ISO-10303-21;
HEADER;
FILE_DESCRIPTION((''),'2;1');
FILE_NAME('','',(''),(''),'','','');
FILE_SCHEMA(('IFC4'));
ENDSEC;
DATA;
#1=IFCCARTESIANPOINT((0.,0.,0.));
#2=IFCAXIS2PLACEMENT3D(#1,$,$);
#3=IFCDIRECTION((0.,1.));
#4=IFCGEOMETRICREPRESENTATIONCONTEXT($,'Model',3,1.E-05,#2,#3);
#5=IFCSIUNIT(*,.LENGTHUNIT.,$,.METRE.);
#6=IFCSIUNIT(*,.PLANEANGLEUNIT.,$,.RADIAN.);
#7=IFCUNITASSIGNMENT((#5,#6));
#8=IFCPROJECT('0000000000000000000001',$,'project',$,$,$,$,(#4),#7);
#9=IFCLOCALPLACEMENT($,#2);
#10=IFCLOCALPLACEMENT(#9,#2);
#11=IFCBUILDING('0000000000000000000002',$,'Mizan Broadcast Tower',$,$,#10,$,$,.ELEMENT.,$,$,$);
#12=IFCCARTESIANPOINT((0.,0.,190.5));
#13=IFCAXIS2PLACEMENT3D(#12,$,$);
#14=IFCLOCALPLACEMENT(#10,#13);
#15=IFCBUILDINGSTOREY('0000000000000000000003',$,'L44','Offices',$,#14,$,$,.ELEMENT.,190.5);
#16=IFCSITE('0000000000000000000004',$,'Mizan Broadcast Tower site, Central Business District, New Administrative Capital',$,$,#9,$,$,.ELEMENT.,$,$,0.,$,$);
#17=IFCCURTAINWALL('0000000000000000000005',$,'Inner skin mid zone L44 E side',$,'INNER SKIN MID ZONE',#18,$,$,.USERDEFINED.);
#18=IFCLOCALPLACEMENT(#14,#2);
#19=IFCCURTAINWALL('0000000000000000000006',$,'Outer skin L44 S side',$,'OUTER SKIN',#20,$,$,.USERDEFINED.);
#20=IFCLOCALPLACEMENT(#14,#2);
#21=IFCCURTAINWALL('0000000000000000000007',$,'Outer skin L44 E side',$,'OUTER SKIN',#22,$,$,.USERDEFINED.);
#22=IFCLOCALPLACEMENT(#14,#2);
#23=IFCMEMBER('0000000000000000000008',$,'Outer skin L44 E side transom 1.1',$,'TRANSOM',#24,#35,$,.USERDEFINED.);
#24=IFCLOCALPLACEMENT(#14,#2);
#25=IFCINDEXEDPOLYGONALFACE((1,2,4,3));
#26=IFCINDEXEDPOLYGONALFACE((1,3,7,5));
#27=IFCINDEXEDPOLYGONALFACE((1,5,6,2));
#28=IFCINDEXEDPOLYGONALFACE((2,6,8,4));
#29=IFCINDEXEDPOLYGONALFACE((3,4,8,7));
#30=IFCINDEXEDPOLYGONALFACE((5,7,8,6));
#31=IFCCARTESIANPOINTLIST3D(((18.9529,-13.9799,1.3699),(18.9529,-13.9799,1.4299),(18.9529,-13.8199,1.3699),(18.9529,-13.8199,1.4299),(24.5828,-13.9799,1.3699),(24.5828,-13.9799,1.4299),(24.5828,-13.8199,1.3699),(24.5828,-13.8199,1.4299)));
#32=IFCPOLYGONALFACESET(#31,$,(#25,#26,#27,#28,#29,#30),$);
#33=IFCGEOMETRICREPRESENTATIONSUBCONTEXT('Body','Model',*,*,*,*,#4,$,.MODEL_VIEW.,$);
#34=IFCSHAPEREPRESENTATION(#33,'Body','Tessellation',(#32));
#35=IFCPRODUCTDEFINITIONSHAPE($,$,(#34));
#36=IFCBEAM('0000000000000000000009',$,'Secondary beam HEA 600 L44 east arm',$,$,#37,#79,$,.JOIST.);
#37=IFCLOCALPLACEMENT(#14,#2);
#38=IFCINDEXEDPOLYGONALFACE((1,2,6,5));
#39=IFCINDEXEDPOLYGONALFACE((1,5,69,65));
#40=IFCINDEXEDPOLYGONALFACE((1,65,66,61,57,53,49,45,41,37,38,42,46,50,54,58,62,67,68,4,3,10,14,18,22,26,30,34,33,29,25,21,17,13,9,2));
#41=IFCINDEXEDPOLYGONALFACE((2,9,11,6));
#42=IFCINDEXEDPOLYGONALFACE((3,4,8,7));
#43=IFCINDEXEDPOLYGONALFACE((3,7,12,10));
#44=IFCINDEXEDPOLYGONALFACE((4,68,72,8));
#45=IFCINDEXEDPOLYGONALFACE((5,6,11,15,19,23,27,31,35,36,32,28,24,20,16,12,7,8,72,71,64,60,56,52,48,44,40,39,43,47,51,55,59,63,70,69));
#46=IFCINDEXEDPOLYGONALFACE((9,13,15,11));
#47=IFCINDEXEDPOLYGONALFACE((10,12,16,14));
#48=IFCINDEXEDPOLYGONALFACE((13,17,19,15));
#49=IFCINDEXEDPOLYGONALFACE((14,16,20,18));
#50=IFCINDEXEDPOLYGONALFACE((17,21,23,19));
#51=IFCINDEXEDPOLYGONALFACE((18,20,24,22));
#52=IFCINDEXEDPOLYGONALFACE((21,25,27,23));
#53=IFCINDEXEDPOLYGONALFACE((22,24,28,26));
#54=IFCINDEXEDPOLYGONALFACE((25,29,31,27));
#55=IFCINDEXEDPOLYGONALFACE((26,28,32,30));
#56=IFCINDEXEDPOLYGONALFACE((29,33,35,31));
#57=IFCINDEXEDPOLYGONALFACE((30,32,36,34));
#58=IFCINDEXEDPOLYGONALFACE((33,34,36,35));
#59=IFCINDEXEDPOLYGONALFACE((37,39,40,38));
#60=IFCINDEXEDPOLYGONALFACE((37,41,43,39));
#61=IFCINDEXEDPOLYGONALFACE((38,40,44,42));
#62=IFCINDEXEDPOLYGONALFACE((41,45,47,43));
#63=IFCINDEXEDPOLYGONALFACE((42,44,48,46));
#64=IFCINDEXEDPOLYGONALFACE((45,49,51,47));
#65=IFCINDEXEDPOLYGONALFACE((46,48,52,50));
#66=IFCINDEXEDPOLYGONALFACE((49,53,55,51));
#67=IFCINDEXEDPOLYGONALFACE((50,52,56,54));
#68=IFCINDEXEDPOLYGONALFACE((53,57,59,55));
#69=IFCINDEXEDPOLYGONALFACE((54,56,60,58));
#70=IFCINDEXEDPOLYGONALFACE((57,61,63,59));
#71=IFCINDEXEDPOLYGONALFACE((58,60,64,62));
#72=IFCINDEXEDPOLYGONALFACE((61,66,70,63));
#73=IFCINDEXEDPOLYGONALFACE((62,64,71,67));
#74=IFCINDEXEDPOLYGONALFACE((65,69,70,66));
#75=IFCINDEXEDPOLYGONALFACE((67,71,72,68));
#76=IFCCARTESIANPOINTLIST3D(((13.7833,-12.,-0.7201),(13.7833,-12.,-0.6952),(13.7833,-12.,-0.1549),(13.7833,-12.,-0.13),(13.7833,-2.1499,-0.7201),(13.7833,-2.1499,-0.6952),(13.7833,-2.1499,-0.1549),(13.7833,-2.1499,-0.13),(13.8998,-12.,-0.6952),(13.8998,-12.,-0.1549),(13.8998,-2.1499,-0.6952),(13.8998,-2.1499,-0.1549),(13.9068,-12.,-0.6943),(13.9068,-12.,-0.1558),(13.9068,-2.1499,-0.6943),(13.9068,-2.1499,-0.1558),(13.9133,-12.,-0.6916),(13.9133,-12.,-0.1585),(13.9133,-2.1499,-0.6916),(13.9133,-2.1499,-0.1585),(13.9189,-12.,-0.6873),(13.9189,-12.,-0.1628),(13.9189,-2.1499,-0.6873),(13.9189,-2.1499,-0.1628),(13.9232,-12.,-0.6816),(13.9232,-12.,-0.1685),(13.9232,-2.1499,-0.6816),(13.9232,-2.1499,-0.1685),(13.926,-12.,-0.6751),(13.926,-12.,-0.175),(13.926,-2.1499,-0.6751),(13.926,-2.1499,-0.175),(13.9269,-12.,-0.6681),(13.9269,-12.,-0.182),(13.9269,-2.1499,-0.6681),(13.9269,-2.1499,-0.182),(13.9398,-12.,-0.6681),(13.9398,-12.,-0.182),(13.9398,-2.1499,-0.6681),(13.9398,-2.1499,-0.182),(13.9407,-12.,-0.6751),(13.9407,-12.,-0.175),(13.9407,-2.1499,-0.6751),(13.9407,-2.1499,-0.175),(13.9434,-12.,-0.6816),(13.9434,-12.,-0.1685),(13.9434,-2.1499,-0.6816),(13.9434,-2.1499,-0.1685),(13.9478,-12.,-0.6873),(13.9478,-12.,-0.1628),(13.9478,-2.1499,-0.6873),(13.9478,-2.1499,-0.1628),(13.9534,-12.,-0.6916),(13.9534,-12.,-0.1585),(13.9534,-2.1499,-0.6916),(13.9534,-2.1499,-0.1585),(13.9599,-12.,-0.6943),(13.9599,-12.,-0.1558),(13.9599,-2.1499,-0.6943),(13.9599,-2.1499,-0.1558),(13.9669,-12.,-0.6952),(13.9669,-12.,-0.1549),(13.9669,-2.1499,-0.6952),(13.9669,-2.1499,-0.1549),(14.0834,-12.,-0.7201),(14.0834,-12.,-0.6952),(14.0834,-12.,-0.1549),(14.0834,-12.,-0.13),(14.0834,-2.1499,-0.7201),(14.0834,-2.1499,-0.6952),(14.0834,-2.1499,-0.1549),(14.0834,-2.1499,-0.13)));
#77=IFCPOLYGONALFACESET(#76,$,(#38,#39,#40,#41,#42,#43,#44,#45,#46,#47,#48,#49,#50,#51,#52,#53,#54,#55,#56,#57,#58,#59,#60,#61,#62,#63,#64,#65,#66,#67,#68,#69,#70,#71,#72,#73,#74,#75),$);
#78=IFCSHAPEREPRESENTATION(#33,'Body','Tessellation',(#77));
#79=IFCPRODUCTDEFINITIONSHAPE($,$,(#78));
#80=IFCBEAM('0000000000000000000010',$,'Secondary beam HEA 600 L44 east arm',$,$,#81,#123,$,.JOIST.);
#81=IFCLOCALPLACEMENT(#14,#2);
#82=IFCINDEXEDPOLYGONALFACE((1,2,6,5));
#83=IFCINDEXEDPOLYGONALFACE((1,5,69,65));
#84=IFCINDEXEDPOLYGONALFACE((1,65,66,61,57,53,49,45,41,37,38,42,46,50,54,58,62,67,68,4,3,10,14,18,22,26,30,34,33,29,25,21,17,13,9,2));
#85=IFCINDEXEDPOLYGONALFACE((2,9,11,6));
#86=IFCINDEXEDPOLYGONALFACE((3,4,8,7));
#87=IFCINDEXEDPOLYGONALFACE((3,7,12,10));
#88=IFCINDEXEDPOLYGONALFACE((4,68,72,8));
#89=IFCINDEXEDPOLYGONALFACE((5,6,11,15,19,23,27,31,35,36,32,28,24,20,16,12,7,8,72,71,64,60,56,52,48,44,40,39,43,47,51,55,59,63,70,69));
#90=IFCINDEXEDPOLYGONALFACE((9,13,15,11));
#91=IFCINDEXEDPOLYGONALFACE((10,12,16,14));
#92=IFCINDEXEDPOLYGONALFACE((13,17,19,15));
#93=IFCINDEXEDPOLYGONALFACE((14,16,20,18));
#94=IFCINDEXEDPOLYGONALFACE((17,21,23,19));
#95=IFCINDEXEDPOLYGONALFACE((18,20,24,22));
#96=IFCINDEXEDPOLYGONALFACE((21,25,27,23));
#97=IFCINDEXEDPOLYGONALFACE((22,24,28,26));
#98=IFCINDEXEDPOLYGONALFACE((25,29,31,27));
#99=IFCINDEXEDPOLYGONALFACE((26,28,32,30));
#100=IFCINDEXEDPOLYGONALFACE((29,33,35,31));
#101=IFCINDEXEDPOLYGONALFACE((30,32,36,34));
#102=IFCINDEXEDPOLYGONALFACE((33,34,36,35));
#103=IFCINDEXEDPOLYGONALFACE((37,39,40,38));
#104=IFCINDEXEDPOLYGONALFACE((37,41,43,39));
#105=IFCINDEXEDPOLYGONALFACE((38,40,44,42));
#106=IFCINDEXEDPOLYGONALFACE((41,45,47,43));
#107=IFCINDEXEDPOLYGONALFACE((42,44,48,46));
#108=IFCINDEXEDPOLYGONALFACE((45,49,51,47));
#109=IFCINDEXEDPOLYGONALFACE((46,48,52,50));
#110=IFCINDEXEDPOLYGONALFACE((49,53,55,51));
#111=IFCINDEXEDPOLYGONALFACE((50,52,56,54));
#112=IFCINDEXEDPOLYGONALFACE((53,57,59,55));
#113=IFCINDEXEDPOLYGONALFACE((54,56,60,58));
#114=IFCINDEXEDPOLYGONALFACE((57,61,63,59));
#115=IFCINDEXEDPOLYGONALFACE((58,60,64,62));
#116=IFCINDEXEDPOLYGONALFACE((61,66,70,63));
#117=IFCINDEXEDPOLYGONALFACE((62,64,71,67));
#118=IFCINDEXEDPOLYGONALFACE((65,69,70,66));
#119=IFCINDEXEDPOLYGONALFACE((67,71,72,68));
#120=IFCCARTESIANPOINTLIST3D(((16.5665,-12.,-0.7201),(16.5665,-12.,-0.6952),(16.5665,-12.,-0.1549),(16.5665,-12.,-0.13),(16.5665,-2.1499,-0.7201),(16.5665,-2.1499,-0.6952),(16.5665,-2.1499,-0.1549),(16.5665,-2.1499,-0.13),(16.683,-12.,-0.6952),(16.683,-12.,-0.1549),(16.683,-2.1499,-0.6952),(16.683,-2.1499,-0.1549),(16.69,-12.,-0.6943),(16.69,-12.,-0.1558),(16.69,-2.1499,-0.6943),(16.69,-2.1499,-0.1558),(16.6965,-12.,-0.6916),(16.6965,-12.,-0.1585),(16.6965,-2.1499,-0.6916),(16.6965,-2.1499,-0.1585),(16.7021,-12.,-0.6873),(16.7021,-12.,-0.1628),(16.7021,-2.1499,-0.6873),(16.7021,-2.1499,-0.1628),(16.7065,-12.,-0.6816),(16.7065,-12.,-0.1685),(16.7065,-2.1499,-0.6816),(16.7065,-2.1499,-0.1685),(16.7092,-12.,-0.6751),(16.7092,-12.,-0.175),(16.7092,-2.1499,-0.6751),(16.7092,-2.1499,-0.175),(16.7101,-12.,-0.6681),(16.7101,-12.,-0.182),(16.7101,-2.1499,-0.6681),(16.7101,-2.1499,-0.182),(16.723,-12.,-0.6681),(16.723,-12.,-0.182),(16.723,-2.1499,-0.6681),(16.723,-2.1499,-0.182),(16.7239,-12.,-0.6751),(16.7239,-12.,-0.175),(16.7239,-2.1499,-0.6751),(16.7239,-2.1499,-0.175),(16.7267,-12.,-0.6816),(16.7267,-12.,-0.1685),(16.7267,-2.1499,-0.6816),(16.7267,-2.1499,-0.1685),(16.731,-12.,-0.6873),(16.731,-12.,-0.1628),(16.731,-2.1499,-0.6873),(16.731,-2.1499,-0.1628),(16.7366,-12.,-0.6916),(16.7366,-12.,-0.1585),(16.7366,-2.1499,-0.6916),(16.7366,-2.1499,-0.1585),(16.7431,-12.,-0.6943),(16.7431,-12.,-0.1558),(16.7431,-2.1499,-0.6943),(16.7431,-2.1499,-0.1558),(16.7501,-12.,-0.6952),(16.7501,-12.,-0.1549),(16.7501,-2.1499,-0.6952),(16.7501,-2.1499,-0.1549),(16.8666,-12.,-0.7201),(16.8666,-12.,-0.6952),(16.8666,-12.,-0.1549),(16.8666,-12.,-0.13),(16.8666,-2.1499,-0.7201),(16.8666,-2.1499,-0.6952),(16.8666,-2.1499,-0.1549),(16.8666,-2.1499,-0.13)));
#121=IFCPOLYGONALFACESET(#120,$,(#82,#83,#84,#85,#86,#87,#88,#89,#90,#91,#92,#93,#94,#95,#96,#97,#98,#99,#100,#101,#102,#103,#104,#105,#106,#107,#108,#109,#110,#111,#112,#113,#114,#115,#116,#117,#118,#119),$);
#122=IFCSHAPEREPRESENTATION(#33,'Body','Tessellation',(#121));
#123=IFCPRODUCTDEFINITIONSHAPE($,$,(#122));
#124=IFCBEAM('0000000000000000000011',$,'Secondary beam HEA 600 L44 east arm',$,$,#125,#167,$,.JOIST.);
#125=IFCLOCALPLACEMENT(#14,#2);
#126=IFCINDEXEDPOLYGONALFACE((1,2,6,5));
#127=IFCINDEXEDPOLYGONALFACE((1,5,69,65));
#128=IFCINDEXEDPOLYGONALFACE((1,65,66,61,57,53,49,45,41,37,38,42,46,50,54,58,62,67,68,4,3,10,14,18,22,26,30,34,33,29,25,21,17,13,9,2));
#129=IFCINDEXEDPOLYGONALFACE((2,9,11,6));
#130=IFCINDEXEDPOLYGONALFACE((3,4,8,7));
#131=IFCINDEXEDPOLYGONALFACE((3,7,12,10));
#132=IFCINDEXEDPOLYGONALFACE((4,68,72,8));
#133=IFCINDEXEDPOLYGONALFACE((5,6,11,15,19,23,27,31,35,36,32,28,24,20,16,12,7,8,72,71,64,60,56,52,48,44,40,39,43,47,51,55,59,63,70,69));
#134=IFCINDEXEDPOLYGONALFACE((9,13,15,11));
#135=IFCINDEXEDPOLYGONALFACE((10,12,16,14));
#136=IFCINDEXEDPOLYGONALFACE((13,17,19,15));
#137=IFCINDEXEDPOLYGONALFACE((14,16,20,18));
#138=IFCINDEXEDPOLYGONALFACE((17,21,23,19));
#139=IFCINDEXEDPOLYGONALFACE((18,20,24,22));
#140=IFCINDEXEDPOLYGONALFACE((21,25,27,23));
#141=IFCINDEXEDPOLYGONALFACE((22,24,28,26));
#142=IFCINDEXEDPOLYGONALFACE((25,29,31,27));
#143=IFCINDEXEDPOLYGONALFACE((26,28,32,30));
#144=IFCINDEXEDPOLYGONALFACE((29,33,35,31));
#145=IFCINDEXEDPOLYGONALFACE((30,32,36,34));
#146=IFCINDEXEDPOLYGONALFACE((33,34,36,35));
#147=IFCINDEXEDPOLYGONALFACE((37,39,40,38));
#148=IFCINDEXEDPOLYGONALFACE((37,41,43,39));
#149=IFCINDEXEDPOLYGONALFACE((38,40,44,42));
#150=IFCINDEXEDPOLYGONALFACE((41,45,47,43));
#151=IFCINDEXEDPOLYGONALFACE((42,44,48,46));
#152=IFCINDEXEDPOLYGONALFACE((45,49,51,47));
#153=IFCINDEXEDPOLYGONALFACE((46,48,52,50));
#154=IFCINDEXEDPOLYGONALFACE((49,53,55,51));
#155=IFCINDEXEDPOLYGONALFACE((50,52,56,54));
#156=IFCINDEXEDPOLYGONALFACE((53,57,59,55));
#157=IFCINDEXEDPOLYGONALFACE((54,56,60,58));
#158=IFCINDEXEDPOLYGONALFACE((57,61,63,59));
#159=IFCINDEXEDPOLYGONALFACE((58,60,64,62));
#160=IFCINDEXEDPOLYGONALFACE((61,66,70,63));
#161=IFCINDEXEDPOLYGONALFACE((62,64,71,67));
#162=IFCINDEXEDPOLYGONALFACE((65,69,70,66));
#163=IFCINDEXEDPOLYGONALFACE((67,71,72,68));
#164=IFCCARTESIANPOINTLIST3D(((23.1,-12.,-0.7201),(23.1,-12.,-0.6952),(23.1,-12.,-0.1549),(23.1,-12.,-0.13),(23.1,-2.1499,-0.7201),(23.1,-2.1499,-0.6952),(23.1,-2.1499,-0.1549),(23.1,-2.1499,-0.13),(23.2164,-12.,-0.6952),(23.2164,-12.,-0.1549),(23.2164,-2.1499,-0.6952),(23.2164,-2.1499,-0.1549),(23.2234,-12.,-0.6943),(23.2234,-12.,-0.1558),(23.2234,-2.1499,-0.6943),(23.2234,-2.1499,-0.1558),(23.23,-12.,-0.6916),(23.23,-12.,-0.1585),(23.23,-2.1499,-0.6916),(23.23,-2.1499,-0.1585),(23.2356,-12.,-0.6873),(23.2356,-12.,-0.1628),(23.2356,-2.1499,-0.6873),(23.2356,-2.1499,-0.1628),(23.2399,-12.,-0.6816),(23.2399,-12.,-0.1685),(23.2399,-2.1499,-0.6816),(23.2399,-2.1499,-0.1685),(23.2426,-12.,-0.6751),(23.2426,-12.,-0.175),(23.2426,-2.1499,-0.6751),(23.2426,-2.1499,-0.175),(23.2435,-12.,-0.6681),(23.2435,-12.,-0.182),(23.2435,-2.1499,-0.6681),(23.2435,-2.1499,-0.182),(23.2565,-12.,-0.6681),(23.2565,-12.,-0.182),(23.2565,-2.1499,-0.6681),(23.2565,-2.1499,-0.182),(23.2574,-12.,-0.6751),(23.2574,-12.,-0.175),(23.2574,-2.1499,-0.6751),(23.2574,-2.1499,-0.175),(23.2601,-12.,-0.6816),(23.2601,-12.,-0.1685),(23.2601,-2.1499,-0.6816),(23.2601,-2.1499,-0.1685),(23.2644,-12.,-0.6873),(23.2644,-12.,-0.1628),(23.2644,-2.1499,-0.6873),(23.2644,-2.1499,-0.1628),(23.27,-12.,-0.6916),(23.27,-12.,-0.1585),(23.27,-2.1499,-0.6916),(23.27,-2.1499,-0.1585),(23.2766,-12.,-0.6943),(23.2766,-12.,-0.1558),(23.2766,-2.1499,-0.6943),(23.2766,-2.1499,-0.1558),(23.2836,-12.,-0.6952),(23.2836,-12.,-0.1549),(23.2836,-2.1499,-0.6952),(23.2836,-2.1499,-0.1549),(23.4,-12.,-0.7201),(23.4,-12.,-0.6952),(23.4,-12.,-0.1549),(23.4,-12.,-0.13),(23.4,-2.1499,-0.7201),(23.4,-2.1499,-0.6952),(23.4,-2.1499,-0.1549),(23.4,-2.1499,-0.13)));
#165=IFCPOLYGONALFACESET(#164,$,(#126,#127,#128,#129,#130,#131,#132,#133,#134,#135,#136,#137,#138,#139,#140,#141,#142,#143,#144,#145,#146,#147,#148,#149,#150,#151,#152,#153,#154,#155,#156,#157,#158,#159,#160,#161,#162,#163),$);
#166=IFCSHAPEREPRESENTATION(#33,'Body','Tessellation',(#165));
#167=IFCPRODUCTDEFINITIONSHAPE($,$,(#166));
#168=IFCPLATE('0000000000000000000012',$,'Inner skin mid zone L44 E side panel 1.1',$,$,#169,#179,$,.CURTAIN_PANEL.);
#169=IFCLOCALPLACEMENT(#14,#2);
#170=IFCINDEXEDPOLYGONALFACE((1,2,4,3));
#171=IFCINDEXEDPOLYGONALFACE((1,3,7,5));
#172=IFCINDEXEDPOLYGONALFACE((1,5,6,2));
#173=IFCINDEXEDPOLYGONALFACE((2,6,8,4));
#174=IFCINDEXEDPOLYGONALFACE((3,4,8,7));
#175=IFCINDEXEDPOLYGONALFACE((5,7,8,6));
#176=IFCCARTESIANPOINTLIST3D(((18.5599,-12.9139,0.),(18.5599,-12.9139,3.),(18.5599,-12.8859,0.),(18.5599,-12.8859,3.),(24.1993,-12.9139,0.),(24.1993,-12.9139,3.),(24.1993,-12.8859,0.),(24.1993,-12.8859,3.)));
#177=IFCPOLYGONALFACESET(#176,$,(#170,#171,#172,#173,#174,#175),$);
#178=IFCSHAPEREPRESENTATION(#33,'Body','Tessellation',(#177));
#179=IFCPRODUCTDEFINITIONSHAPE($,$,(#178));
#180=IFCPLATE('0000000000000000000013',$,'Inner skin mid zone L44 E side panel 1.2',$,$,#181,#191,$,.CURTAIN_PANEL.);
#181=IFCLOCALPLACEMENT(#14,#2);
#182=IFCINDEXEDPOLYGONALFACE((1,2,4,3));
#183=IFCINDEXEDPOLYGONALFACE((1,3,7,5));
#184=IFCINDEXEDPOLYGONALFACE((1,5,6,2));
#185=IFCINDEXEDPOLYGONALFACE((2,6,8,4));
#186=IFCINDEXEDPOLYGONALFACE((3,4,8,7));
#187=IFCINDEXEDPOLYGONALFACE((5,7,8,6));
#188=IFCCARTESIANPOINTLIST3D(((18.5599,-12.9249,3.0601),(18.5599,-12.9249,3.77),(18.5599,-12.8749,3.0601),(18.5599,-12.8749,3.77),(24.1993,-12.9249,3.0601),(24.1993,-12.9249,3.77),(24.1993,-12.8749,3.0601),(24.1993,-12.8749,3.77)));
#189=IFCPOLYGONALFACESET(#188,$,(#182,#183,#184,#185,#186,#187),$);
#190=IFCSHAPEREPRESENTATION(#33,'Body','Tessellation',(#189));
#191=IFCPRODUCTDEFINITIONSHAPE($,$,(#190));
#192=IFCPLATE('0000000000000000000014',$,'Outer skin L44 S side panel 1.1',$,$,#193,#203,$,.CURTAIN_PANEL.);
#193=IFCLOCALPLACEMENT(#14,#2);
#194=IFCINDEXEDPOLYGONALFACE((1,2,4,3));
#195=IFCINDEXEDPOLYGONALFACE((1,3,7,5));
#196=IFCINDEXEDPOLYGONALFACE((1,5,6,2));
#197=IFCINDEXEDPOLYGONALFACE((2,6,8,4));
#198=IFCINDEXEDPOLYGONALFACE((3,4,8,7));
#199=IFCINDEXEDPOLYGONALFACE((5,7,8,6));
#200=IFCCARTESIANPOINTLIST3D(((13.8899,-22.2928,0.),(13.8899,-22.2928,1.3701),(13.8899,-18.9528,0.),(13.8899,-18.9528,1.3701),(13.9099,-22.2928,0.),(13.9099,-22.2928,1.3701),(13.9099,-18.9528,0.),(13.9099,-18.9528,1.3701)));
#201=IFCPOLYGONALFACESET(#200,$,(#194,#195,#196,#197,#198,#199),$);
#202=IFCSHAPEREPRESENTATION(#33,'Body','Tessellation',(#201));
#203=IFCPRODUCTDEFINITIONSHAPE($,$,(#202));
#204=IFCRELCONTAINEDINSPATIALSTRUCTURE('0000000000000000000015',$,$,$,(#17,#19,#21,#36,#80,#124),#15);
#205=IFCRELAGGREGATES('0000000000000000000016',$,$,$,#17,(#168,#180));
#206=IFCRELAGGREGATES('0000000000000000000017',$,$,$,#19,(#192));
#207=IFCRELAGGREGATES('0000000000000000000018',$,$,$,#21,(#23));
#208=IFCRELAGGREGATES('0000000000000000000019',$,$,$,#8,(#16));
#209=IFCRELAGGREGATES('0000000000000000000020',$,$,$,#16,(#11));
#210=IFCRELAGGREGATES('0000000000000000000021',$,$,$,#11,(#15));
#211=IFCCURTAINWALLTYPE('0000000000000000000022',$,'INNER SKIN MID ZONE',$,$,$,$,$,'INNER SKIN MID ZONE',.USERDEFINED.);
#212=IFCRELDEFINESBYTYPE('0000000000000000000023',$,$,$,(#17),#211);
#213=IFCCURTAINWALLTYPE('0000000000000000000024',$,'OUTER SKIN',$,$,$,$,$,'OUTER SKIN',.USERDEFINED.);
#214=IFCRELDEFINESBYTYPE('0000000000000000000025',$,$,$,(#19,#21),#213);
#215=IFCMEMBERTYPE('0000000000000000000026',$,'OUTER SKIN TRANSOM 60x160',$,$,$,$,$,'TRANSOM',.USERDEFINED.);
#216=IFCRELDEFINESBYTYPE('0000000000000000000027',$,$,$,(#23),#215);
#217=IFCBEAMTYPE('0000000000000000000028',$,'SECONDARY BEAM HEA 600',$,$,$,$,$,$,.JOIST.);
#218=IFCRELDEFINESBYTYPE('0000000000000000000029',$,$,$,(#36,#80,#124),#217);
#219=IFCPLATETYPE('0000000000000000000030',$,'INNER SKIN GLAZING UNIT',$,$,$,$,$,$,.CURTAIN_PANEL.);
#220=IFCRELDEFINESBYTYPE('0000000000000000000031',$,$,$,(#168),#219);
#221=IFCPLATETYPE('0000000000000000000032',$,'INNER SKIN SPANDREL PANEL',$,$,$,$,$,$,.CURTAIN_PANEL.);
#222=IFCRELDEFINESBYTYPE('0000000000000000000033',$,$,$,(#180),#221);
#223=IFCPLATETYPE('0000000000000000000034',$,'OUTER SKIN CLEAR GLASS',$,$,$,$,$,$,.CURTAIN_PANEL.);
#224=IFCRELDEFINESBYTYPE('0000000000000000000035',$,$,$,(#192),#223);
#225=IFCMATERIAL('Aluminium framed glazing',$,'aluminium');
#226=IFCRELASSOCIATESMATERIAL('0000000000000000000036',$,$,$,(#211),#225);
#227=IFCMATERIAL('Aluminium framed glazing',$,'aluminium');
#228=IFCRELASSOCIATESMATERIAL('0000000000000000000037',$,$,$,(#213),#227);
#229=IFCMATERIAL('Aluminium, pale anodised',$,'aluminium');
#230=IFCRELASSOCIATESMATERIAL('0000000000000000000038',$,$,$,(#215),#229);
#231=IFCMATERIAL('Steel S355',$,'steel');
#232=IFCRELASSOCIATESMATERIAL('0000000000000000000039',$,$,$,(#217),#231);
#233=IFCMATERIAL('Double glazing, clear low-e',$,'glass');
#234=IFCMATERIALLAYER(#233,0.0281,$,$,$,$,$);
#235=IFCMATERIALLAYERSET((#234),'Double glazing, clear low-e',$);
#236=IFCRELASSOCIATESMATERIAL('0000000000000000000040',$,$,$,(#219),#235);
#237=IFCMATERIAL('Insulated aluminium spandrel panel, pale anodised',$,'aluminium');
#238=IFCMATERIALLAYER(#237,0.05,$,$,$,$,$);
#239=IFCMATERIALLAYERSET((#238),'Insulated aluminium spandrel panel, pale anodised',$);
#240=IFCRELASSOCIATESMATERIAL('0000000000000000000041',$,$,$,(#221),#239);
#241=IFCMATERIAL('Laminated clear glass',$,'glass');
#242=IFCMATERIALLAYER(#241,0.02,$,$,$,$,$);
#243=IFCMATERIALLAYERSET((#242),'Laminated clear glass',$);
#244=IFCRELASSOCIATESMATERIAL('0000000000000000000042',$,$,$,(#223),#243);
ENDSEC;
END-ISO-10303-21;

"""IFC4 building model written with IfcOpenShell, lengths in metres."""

from ifc_helpers import new_model, si_unit, direction, frame, origin, origin_2d, place, context, subcontext, project, spatial, rectangle, i_section, extrude, material, layer, layer_set, material_profile, profile_set, type_object, element, aggregate, save


model = new_model("IFC4")

# Units and contexts
model_context = context("Model", 3, precision=1e-05, world=origin(), true_north=direction((0.0, 1.0)))
body_context = subcontext(model_context, "Body", "Model", "MODEL_VIEW")
ifc_project = project(units=[si_unit("LENGTHUNIT", "METRE"), si_unit("PLANEANGLEUNIT", "RADIAN")], contexts=[model_context])

# Site, building, storey
site_placement = place(None, origin())
site = spatial("IfcSite", under=ifc_project, at=site_placement, Name="Mizan Broadcast Tower site, Central Business District, New Administrative Capital", CompositionType="ELEMENT", RefElevation=0.0)
building_placement = place(site_placement, origin())
building = spatial("IfcBuilding", under=site, at=building_placement, Name="Mizan Broadcast Tower", CompositionType="ELEMENT")
storey_placement = place(building_placement, frame((0.0, 0.0, 190.5)))
storey = spatial("IfcBuildingStorey", under=building, at=storey_placement, Name="L44", Description="Offices", CompositionType="ELEMENT", Elevation=190.5)

# Curtain wall
ifc_material_1 = material(Name="Aluminium framed glazing", Category="aluminium")
curtain_wall_type_1 = type_object("IfcCurtainWallType", Name="INNER SKIN MID ZONE", ElementType="INNER SKIN MID ZONE", PredefinedType="USERDEFINED", material=ifc_material_1)
curtain_wall_1_placement = place(storey_placement, origin())
curtain_wall_1 = element("IfcCurtainWall", 1, at=curtain_wall_1_placement, inside=storey, type_object=curtain_wall_type_1, Name="Inner skin mid zone L44 E side", ObjectType="INNER SKIN MID ZONE", PredefinedType="USERDEFINED")

# Curtain walls
ifc_material_2 = material(Name="Aluminium framed glazing", Category="aluminium")
curtain_wall_type_2 = type_object("IfcCurtainWallType", Name="OUTER SKIN", ElementType="OUTER SKIN", PredefinedType="USERDEFINED", material=ifc_material_2)
curtain_wall_2_placement = place(storey_placement, origin())
curtain_wall_2 = element("IfcCurtainWall", 2, at=curtain_wall_2_placement, inside=storey, type_object=curtain_wall_type_2, Name="Outer skin L44 S side", ObjectType="OUTER SKIN", PredefinedType="USERDEFINED")
curtain_wall_3_placement = place(storey_placement, origin())
curtain_wall_3 = element("IfcCurtainWall", 3, at=curtain_wall_3_placement, inside=storey, type_object=curtain_wall_type_2, Name="Outer skin L44 E side", ObjectType="OUTER SKIN", PredefinedType="USERDEFINED")

# Member
ifc_material_3 = material(Name="Aluminium, pale anodised", Category="aluminium")
ifc_material_profile_1 = material_profile(ifc_material_3, rectangle(XDim=0.1599, YDim=0.0601, at=origin_2d()), Name="TRANSOM 160x60")
ifc_profile_set_1 = profile_set([ifc_material_profile_1], Name="Aluminium, pale anodised")
member_type_1 = type_object("IfcMemberType", Name="OUTER SKIN TRANSOM 60x160", ElementType="TRANSOM", PredefinedType="USERDEFINED", material=ifc_profile_set_1)
member_1_placement = place(storey_placement, frame((18.9529, -13.8999, 1.3999), z_axis=(1.0, 0.0, 0.0), x_axis=(0.0, 1.0, 0.0)))
member_1 = element("IfcMember", 4, at=member_1_placement, type_object=member_type_1, Name="Outer skin L44 E side transom 1.1", ObjectType="TRANSOM", PredefinedType="USERDEFINED", context=body_context, shape_type="SweptSolid", body=[
    extrude(rectangle(XDim=0.1599, YDim=0.0601, at=origin_2d()), origin(), (0.0, 0.0, 1.0), 5.6299),
])

# Beams
ifc_material_4 = material(Name="Steel S355", Category="steel")
ifc_material_profile_2 = material_profile(ifc_material_4, i_section(OverallWidth=0.3, OverallDepth=0.5901, WebThickness=0.0129, FlangeThickness=0.0249, FilletRadius=0.0271, at=origin_2d()), Name="HEA 600")
ifc_profile_set_2 = profile_set([ifc_material_profile_2], Name="Steel S355")
beam_type_1 = type_object("IfcBeamType", Name="SECONDARY BEAM HEA 600", PredefinedType="JOIST", material=ifc_profile_set_2)
for number, where, z_axis, x_axis, name in (
    (5, (13.9333, -12.0, -0.425), (0.0, 1.0, 0.0), (-1.0, 0.0, 0.0), "Secondary beam HEA 600 L44 east arm"),
    (6, (16.7166, -12.0, -0.425), (0.0, 1.0, 0.0), (-1.0, 0.0, 0.0), "Secondary beam HEA 600 L44 east arm"),
    (7, (23.25, -12.0, -0.425), (0.0, 1.0, 0.0), (-1.0, 0.0, 0.0), "Secondary beam HEA 600 L44 east arm"),
):
    element("IfcBeam", number, at=place(storey_placement, frame(where, z_axis=z_axis, x_axis=x_axis)), inside=storey, type_object=beam_type_1, Name=name, PredefinedType="JOIST", context=body_context, shape_type="SweptSolid", body=[
        extrude(i_section(OverallWidth=0.3, OverallDepth=0.5901, WebThickness=0.0129, FlangeThickness=0.0249, FilletRadius=0.0271, at=origin_2d()), origin(), (0.0, 0.0, 1.0), 9.8501),
    ])

# Plates
ifc_material_5 = material(Name="Double glazing, clear low-e", Category="glass")
ifc_layer_1 = layer(ifc_material_5, 0.0281)
ifc_layer_set_1 = layer_set([ifc_layer_1], Name="Double glazing, clear low-e")
plate_type_1 = type_object("IfcPlateType", Name="INNER SKIN GLAZING UNIT", PredefinedType="CURTAIN_PANEL", material=ifc_layer_set_1)
plate_1_placement = place(storey_placement, frame((21.3796, -12.8999, 0.0), z_axis=(0.0, 0.0, 1.0), x_axis=(1.0, 0.0, 0.0)))
plate_1 = element("IfcPlate", 8, at=plate_1_placement, type_object=plate_type_1, Name="Inner skin mid zone L44 E side panel 1.1", PredefinedType="CURTAIN_PANEL", context=body_context, shape_type="SweptSolid", body=[
    extrude(rectangle(XDim=5.6394, YDim=0.0281, at=origin_2d()), origin(), (0.0, 0.0, 1.0), 3.0),
])
ifc_material_6 = material(Name="Insulated aluminium spandrel panel, pale anodised", Category="aluminium")
ifc_layer_2 = layer(ifc_material_6, 0.05)
ifc_layer_set_2 = layer_set([ifc_layer_2], Name="Insulated aluminium spandrel panel, pale anodised")
plate_type_2 = type_object("IfcPlateType", Name="INNER SKIN SPANDREL PANEL", PredefinedType="CURTAIN_PANEL", material=ifc_layer_set_2)
plate_2_placement = place(storey_placement, frame((21.3796, -12.8999, 3.0601), z_axis=(0.0, 0.0, 1.0), x_axis=(1.0, 0.0, 0.0)))
plate_2 = element("IfcPlate", 9, at=plate_2_placement, type_object=plate_type_2, Name="Inner skin mid zone L44 E side panel 1.2", PredefinedType="CURTAIN_PANEL", context=body_context, shape_type="SweptSolid", body=[
    extrude(rectangle(XDim=5.6394, YDim=0.05, at=origin_2d()), origin(), (0.0, 0.0, 1.0), 0.71),
])
aggregate(curtain_wall_1, [plate_1, plate_2])
ifc_material_7 = material(Name="Laminated clear glass", Category="glass")
ifc_layer_3 = layer(ifc_material_7, 0.02)
ifc_layer_set_3 = layer_set([ifc_layer_3], Name="Laminated clear glass")
plate_type_3 = type_object("IfcPlateType", Name="OUTER SKIN CLEAR GLASS", PredefinedType="CURTAIN_PANEL", material=ifc_layer_set_3)
plate_3_placement = place(storey_placement, frame((13.8999, -20.6228, 0.0), z_axis=(0.0, 0.0, 1.0), x_axis=(0.0, 1.0, 0.0)))
plate_3 = element("IfcPlate", 10, at=plate_3_placement, type_object=plate_type_3, Name="Outer skin L44 S side panel 1.1", PredefinedType="CURTAIN_PANEL", context=body_context, shape_type="SweptSolid", body=[
    extrude(rectangle(XDim=3.3401, YDim=0.02, at=origin_2d()), origin(), (0.0, 0.0, 1.0), 1.3701),
])
aggregate(curtain_wall_2, [plate_3])
aggregate(curtain_wall_3, [member_1])

save(model, "model.ifc")
